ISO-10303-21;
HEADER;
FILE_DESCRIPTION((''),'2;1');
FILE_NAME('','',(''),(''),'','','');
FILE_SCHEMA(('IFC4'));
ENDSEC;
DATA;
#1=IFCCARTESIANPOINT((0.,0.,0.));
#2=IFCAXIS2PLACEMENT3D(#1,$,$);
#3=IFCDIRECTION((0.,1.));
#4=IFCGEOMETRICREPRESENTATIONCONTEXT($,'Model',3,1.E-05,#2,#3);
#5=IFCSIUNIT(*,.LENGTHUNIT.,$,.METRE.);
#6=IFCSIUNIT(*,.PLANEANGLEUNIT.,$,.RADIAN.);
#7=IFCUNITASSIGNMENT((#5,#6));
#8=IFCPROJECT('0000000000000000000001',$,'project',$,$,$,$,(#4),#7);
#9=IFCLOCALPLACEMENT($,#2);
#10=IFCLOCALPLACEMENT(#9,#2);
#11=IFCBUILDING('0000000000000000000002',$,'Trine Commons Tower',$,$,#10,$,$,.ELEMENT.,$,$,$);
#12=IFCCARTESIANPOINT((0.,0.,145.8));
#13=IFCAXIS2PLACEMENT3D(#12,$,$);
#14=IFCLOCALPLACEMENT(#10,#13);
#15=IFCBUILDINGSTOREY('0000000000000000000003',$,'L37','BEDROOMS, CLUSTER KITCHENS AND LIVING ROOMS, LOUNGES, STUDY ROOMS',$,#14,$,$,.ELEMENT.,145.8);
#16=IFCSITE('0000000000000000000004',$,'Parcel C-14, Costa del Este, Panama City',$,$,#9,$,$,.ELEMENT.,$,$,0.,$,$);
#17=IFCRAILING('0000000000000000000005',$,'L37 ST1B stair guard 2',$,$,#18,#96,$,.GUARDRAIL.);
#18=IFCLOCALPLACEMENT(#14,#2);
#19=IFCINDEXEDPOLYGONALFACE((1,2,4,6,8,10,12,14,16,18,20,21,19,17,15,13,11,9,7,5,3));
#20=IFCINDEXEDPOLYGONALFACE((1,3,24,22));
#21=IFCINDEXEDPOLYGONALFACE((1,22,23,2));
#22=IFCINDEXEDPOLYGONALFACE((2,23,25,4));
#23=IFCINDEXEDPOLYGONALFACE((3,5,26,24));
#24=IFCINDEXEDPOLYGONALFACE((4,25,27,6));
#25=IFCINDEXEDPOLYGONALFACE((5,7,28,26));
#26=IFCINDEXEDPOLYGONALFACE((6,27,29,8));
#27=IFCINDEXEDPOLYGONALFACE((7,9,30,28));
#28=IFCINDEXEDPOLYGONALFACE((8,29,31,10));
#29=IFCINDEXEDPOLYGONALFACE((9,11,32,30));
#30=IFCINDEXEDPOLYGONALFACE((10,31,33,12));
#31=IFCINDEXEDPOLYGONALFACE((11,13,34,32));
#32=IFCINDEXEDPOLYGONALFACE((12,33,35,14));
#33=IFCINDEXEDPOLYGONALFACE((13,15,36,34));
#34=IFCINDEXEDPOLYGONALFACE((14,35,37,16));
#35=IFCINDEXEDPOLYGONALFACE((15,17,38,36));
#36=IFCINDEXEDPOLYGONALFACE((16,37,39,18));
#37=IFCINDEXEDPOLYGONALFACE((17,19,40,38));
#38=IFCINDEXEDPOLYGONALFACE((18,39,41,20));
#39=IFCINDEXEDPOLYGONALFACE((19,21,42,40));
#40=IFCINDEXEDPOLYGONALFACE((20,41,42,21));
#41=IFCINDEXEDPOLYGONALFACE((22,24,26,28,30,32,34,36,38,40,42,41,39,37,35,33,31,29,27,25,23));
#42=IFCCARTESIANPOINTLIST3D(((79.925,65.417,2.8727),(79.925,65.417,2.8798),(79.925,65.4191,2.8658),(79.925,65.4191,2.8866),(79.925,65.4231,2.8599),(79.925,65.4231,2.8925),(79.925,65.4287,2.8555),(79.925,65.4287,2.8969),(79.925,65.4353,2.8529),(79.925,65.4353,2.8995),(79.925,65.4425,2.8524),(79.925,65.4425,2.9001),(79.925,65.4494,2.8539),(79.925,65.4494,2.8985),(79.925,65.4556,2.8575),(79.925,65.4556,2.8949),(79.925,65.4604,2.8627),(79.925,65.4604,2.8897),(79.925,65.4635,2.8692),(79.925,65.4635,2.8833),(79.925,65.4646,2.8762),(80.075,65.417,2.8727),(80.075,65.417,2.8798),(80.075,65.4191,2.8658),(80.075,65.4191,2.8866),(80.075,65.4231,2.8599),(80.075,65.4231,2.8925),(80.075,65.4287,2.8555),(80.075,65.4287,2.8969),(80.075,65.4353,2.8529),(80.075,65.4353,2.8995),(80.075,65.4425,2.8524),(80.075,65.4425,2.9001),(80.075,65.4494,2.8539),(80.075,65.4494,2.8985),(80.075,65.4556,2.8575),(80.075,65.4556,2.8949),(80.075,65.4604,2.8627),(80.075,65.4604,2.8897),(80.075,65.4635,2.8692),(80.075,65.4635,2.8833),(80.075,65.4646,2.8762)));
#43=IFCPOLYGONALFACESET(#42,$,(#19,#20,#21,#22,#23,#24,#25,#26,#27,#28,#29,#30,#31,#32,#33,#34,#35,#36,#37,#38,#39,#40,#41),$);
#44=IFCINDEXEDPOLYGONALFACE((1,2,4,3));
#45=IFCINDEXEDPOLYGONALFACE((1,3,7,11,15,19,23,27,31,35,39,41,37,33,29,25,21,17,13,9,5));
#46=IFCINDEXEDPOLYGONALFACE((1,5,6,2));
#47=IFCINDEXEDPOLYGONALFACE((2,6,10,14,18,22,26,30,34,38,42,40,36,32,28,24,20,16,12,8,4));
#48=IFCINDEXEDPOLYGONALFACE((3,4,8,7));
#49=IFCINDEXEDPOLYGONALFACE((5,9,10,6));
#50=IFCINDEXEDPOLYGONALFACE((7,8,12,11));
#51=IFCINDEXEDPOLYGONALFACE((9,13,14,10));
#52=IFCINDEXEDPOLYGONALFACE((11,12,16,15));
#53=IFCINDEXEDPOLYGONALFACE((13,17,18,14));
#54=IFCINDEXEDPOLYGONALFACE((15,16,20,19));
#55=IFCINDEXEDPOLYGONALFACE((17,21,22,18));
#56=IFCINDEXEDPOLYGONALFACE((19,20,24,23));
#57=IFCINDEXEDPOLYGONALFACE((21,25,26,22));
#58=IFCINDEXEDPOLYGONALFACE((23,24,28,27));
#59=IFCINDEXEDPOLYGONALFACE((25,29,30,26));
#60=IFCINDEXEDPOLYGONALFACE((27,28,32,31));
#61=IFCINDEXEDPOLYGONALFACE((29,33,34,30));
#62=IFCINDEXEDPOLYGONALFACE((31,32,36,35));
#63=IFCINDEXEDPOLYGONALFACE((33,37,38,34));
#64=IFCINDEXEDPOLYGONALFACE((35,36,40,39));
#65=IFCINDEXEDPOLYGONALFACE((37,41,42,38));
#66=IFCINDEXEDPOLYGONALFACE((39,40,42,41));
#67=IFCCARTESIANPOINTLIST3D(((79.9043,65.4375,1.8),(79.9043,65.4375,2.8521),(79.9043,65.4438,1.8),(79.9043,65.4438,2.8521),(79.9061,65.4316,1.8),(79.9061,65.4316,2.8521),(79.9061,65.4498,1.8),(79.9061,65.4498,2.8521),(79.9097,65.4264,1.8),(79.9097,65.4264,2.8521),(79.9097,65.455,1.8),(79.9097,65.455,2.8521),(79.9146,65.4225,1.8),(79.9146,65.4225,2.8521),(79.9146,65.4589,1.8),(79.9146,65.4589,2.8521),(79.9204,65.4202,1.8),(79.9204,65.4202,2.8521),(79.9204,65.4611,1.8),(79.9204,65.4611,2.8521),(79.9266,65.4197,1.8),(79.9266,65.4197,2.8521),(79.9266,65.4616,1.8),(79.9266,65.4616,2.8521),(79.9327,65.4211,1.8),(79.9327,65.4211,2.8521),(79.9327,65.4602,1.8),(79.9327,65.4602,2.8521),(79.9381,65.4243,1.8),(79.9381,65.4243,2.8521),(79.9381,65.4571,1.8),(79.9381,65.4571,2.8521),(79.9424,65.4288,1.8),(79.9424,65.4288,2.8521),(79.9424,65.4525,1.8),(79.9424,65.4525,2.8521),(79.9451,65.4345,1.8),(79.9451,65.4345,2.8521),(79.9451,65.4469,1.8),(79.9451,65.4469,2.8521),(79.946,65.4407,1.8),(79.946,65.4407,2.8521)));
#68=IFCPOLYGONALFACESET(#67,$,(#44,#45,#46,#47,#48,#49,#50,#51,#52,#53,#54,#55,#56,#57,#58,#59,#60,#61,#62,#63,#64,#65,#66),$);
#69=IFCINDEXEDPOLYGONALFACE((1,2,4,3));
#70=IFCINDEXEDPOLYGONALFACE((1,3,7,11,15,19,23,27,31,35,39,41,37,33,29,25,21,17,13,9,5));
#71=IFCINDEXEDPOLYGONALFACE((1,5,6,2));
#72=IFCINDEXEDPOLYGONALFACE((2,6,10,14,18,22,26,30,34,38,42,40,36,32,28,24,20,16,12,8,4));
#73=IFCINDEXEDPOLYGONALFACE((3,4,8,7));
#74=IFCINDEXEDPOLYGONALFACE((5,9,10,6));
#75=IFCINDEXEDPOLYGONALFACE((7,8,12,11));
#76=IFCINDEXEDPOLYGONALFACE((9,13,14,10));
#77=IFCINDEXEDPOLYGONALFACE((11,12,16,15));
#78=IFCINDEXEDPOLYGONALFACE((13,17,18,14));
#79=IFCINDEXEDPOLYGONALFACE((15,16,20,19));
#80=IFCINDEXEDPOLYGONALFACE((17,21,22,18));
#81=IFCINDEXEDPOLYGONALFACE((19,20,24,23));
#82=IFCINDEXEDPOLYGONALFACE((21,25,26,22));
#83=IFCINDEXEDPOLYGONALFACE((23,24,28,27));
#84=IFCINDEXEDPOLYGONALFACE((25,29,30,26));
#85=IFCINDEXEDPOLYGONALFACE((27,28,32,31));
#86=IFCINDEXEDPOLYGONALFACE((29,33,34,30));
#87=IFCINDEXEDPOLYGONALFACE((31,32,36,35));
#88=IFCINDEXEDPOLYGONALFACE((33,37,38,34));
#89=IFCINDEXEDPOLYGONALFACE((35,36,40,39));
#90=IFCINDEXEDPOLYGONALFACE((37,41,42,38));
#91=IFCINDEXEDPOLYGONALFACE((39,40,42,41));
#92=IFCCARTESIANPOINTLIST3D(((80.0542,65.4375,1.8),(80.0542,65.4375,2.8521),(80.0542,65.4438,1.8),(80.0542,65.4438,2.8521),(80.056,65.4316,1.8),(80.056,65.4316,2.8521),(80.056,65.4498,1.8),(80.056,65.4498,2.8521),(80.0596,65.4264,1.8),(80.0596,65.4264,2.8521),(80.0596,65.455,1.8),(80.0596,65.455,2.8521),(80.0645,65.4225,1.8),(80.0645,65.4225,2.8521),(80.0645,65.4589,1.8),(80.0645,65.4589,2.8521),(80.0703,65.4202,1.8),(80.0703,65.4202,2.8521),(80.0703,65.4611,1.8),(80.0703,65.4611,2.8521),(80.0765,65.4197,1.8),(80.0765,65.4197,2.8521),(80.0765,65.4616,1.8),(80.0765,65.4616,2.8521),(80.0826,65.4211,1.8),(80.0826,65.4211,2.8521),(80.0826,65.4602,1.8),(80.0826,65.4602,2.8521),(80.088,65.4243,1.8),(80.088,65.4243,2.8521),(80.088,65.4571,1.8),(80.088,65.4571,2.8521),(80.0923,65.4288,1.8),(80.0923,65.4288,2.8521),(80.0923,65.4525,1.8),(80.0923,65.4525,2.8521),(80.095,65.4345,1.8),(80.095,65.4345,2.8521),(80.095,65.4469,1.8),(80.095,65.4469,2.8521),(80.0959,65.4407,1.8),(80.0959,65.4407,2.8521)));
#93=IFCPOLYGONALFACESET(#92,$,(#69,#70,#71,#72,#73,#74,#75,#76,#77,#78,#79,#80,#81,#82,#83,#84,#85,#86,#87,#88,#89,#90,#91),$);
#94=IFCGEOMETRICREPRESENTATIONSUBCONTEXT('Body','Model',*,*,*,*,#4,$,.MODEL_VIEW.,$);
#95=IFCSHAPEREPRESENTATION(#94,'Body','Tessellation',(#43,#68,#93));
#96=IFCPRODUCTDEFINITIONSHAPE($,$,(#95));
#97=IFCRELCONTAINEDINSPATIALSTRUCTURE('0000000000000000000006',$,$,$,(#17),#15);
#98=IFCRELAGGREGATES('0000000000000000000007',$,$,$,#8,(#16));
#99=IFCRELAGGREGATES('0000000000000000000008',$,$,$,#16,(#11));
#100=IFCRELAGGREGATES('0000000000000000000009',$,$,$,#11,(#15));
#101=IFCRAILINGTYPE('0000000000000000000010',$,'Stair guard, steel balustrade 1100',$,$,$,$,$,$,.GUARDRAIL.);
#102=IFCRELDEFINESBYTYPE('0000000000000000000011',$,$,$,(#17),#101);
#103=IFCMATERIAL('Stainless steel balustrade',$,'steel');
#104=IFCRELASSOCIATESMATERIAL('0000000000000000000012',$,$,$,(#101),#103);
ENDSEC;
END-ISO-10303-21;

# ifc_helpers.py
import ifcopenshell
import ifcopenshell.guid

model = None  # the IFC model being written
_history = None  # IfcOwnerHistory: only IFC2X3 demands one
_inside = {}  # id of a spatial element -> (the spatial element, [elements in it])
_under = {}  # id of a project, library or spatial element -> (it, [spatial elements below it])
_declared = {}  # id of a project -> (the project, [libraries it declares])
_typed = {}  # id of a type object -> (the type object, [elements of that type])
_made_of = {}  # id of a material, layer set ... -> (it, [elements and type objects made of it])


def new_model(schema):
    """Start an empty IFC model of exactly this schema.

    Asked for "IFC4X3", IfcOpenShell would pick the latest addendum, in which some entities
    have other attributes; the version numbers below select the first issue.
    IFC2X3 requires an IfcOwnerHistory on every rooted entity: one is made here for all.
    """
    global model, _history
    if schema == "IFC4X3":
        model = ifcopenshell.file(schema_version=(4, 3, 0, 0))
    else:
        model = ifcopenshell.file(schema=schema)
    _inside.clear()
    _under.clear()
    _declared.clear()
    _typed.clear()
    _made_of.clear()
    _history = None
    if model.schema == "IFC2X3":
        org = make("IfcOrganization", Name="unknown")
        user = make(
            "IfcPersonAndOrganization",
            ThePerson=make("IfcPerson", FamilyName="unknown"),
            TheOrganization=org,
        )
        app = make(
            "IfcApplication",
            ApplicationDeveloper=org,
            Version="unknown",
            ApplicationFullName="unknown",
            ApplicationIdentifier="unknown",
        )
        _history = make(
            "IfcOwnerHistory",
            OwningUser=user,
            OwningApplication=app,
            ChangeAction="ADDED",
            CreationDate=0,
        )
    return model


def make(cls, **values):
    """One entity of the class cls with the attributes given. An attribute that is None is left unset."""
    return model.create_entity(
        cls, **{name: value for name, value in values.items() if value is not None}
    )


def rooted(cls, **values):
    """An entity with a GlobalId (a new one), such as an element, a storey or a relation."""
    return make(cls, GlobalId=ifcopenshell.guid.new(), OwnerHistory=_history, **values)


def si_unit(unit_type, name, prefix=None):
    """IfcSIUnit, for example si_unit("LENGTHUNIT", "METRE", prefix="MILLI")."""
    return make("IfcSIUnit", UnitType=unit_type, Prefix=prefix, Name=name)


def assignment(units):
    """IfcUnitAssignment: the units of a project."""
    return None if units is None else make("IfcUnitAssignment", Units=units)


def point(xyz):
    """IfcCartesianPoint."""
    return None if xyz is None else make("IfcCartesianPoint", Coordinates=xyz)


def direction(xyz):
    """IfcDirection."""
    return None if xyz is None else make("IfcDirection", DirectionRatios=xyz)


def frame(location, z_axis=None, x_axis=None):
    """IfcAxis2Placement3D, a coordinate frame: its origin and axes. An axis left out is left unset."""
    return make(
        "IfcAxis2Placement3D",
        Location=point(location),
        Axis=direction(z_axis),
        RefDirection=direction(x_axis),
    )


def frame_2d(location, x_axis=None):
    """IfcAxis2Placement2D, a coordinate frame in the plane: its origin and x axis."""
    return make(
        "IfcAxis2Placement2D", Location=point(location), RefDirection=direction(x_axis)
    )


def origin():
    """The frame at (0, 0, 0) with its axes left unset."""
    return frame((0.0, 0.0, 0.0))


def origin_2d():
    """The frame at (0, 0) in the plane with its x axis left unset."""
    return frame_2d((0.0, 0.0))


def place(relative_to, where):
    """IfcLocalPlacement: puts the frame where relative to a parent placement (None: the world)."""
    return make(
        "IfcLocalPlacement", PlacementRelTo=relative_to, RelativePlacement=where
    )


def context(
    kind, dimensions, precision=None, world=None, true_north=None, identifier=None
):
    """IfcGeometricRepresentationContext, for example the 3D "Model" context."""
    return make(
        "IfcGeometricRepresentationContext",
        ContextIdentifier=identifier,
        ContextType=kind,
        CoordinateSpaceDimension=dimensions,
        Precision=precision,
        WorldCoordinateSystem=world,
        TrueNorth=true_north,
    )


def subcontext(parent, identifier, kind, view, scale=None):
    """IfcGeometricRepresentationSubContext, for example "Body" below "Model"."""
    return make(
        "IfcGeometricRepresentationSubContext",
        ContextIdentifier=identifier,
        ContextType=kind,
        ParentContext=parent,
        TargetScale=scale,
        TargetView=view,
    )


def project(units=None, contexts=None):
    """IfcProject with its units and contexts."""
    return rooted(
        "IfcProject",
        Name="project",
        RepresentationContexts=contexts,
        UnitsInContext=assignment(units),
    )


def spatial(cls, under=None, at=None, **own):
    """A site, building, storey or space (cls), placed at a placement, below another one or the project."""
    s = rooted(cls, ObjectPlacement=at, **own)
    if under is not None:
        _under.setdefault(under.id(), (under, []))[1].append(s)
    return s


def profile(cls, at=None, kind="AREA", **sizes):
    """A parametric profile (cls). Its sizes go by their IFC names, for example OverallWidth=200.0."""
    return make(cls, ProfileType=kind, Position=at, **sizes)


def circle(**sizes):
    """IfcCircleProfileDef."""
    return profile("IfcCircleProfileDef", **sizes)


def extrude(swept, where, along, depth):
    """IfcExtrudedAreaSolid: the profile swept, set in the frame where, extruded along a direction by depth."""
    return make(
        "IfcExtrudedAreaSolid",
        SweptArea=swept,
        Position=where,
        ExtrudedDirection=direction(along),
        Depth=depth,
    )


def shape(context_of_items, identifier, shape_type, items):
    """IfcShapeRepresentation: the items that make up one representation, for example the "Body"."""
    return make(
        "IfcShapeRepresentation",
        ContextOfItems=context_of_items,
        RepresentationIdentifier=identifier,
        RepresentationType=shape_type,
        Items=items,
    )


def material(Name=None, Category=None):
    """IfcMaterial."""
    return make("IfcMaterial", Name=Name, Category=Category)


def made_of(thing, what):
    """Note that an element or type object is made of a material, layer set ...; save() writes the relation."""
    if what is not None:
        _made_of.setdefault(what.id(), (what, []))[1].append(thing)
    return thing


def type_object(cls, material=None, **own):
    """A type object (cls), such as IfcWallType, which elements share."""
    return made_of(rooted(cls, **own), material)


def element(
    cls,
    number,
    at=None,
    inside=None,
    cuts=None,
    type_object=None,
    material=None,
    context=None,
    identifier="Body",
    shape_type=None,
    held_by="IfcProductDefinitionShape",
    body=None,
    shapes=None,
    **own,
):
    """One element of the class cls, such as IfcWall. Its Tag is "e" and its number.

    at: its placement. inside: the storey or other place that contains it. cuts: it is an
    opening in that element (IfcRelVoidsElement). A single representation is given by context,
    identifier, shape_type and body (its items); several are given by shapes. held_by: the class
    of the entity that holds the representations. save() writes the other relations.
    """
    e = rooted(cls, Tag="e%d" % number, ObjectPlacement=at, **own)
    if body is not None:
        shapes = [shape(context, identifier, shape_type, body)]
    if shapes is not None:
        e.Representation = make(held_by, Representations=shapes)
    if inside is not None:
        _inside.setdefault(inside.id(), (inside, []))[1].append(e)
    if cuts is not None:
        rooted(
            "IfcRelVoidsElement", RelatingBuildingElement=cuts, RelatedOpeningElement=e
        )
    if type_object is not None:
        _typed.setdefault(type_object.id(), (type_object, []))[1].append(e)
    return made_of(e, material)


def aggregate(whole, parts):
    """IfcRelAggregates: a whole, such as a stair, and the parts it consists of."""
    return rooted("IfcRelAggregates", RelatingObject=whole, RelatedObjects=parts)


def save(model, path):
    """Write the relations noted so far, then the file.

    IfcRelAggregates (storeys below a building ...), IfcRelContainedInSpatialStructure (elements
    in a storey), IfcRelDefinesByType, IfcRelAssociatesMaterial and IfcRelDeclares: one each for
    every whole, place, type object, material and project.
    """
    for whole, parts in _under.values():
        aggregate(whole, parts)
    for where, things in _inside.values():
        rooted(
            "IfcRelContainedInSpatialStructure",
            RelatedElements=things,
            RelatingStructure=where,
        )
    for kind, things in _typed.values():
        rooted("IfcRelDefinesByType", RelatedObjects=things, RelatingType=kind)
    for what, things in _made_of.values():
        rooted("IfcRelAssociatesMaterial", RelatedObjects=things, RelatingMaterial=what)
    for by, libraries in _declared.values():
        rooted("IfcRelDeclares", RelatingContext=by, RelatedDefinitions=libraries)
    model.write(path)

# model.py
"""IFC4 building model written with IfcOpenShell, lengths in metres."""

from ifc_helpers import new_model, si_unit, direction, frame, origin, origin_2d, place, context, subcontext, project, spatial, circle, extrude, material, type_object, element, save


model = new_model("IFC4")

# Units and contexts
model_context = context("Model", 3, precision=1e-05, world=origin(), true_north=direction((0.0, 1.0)))
body_context = subcontext(model_context, "Body", "Model", "MODEL_VIEW")
ifc_project = project(units=[si_unit("LENGTHUNIT", "METRE"), si_unit("PLANEANGLEUNIT", "RADIAN")], contexts=[model_context])

# Site, building, storey
site_placement = place(None, origin())
site = spatial("IfcSite", under=ifc_project, at=site_placement, Name="Parcel C-14, Costa del Este, Panama City", CompositionType="ELEMENT", RefElevation=0.0)
building_placement = place(site_placement, origin())
building = spatial("IfcBuilding", under=site, at=building_placement, Name="Trine Commons Tower", CompositionType="ELEMENT")
storey_placement = place(building_placement, frame((0.0, 0.0, 145.8)))
storey = spatial("IfcBuildingStorey", under=building, at=storey_placement, Name="L37", Description="BEDROOMS, CLUSTER KITCHENS AND LIVING ROOMS, LOUNGES, STUDY ROOMS", CompositionType="ELEMENT", Elevation=145.8)

# Railing
ifc_material_1 = material(Name="Stainless steel balustrade", Category="steel")
railing_type_1 = type_object("IfcRailingType", Name="Stair guard, steel balustrade 1100", PredefinedType="GUARDRAIL", material=ifc_material_1)
railing_1_placement = place(storey_placement, frame((79.925, 65.4407, 1.8)))
element("IfcRailing", 1, at=railing_1_placement, inside=storey, type_object=railing_type_1, Name="L37 ST1B stair guard 2", PredefinedType="GUARDRAIL", context=body_context, shape_type="SweptSolid", body=[
    extrude(circle(Radius=0.0239, at=origin_2d()), frame((0.0, 0.0, 1.0762), z_axis=(1.0, 0.0, 0.0), x_axis=(0.0, 1.0, 0.0)), (0.0, 0.0, 1.0), 0.1499),
    extrude(circle(Radius=0.021, at=origin_2d()), origin(), (0.0, 0.0, 1.0), 1.052),
    extrude(circle(Radius=0.021, at=origin_2d()), frame((0.1499, 0.0, 0.0)), (0.0, 0.0, 1.0), 1.052),
])

save(model, "model.ifc")
